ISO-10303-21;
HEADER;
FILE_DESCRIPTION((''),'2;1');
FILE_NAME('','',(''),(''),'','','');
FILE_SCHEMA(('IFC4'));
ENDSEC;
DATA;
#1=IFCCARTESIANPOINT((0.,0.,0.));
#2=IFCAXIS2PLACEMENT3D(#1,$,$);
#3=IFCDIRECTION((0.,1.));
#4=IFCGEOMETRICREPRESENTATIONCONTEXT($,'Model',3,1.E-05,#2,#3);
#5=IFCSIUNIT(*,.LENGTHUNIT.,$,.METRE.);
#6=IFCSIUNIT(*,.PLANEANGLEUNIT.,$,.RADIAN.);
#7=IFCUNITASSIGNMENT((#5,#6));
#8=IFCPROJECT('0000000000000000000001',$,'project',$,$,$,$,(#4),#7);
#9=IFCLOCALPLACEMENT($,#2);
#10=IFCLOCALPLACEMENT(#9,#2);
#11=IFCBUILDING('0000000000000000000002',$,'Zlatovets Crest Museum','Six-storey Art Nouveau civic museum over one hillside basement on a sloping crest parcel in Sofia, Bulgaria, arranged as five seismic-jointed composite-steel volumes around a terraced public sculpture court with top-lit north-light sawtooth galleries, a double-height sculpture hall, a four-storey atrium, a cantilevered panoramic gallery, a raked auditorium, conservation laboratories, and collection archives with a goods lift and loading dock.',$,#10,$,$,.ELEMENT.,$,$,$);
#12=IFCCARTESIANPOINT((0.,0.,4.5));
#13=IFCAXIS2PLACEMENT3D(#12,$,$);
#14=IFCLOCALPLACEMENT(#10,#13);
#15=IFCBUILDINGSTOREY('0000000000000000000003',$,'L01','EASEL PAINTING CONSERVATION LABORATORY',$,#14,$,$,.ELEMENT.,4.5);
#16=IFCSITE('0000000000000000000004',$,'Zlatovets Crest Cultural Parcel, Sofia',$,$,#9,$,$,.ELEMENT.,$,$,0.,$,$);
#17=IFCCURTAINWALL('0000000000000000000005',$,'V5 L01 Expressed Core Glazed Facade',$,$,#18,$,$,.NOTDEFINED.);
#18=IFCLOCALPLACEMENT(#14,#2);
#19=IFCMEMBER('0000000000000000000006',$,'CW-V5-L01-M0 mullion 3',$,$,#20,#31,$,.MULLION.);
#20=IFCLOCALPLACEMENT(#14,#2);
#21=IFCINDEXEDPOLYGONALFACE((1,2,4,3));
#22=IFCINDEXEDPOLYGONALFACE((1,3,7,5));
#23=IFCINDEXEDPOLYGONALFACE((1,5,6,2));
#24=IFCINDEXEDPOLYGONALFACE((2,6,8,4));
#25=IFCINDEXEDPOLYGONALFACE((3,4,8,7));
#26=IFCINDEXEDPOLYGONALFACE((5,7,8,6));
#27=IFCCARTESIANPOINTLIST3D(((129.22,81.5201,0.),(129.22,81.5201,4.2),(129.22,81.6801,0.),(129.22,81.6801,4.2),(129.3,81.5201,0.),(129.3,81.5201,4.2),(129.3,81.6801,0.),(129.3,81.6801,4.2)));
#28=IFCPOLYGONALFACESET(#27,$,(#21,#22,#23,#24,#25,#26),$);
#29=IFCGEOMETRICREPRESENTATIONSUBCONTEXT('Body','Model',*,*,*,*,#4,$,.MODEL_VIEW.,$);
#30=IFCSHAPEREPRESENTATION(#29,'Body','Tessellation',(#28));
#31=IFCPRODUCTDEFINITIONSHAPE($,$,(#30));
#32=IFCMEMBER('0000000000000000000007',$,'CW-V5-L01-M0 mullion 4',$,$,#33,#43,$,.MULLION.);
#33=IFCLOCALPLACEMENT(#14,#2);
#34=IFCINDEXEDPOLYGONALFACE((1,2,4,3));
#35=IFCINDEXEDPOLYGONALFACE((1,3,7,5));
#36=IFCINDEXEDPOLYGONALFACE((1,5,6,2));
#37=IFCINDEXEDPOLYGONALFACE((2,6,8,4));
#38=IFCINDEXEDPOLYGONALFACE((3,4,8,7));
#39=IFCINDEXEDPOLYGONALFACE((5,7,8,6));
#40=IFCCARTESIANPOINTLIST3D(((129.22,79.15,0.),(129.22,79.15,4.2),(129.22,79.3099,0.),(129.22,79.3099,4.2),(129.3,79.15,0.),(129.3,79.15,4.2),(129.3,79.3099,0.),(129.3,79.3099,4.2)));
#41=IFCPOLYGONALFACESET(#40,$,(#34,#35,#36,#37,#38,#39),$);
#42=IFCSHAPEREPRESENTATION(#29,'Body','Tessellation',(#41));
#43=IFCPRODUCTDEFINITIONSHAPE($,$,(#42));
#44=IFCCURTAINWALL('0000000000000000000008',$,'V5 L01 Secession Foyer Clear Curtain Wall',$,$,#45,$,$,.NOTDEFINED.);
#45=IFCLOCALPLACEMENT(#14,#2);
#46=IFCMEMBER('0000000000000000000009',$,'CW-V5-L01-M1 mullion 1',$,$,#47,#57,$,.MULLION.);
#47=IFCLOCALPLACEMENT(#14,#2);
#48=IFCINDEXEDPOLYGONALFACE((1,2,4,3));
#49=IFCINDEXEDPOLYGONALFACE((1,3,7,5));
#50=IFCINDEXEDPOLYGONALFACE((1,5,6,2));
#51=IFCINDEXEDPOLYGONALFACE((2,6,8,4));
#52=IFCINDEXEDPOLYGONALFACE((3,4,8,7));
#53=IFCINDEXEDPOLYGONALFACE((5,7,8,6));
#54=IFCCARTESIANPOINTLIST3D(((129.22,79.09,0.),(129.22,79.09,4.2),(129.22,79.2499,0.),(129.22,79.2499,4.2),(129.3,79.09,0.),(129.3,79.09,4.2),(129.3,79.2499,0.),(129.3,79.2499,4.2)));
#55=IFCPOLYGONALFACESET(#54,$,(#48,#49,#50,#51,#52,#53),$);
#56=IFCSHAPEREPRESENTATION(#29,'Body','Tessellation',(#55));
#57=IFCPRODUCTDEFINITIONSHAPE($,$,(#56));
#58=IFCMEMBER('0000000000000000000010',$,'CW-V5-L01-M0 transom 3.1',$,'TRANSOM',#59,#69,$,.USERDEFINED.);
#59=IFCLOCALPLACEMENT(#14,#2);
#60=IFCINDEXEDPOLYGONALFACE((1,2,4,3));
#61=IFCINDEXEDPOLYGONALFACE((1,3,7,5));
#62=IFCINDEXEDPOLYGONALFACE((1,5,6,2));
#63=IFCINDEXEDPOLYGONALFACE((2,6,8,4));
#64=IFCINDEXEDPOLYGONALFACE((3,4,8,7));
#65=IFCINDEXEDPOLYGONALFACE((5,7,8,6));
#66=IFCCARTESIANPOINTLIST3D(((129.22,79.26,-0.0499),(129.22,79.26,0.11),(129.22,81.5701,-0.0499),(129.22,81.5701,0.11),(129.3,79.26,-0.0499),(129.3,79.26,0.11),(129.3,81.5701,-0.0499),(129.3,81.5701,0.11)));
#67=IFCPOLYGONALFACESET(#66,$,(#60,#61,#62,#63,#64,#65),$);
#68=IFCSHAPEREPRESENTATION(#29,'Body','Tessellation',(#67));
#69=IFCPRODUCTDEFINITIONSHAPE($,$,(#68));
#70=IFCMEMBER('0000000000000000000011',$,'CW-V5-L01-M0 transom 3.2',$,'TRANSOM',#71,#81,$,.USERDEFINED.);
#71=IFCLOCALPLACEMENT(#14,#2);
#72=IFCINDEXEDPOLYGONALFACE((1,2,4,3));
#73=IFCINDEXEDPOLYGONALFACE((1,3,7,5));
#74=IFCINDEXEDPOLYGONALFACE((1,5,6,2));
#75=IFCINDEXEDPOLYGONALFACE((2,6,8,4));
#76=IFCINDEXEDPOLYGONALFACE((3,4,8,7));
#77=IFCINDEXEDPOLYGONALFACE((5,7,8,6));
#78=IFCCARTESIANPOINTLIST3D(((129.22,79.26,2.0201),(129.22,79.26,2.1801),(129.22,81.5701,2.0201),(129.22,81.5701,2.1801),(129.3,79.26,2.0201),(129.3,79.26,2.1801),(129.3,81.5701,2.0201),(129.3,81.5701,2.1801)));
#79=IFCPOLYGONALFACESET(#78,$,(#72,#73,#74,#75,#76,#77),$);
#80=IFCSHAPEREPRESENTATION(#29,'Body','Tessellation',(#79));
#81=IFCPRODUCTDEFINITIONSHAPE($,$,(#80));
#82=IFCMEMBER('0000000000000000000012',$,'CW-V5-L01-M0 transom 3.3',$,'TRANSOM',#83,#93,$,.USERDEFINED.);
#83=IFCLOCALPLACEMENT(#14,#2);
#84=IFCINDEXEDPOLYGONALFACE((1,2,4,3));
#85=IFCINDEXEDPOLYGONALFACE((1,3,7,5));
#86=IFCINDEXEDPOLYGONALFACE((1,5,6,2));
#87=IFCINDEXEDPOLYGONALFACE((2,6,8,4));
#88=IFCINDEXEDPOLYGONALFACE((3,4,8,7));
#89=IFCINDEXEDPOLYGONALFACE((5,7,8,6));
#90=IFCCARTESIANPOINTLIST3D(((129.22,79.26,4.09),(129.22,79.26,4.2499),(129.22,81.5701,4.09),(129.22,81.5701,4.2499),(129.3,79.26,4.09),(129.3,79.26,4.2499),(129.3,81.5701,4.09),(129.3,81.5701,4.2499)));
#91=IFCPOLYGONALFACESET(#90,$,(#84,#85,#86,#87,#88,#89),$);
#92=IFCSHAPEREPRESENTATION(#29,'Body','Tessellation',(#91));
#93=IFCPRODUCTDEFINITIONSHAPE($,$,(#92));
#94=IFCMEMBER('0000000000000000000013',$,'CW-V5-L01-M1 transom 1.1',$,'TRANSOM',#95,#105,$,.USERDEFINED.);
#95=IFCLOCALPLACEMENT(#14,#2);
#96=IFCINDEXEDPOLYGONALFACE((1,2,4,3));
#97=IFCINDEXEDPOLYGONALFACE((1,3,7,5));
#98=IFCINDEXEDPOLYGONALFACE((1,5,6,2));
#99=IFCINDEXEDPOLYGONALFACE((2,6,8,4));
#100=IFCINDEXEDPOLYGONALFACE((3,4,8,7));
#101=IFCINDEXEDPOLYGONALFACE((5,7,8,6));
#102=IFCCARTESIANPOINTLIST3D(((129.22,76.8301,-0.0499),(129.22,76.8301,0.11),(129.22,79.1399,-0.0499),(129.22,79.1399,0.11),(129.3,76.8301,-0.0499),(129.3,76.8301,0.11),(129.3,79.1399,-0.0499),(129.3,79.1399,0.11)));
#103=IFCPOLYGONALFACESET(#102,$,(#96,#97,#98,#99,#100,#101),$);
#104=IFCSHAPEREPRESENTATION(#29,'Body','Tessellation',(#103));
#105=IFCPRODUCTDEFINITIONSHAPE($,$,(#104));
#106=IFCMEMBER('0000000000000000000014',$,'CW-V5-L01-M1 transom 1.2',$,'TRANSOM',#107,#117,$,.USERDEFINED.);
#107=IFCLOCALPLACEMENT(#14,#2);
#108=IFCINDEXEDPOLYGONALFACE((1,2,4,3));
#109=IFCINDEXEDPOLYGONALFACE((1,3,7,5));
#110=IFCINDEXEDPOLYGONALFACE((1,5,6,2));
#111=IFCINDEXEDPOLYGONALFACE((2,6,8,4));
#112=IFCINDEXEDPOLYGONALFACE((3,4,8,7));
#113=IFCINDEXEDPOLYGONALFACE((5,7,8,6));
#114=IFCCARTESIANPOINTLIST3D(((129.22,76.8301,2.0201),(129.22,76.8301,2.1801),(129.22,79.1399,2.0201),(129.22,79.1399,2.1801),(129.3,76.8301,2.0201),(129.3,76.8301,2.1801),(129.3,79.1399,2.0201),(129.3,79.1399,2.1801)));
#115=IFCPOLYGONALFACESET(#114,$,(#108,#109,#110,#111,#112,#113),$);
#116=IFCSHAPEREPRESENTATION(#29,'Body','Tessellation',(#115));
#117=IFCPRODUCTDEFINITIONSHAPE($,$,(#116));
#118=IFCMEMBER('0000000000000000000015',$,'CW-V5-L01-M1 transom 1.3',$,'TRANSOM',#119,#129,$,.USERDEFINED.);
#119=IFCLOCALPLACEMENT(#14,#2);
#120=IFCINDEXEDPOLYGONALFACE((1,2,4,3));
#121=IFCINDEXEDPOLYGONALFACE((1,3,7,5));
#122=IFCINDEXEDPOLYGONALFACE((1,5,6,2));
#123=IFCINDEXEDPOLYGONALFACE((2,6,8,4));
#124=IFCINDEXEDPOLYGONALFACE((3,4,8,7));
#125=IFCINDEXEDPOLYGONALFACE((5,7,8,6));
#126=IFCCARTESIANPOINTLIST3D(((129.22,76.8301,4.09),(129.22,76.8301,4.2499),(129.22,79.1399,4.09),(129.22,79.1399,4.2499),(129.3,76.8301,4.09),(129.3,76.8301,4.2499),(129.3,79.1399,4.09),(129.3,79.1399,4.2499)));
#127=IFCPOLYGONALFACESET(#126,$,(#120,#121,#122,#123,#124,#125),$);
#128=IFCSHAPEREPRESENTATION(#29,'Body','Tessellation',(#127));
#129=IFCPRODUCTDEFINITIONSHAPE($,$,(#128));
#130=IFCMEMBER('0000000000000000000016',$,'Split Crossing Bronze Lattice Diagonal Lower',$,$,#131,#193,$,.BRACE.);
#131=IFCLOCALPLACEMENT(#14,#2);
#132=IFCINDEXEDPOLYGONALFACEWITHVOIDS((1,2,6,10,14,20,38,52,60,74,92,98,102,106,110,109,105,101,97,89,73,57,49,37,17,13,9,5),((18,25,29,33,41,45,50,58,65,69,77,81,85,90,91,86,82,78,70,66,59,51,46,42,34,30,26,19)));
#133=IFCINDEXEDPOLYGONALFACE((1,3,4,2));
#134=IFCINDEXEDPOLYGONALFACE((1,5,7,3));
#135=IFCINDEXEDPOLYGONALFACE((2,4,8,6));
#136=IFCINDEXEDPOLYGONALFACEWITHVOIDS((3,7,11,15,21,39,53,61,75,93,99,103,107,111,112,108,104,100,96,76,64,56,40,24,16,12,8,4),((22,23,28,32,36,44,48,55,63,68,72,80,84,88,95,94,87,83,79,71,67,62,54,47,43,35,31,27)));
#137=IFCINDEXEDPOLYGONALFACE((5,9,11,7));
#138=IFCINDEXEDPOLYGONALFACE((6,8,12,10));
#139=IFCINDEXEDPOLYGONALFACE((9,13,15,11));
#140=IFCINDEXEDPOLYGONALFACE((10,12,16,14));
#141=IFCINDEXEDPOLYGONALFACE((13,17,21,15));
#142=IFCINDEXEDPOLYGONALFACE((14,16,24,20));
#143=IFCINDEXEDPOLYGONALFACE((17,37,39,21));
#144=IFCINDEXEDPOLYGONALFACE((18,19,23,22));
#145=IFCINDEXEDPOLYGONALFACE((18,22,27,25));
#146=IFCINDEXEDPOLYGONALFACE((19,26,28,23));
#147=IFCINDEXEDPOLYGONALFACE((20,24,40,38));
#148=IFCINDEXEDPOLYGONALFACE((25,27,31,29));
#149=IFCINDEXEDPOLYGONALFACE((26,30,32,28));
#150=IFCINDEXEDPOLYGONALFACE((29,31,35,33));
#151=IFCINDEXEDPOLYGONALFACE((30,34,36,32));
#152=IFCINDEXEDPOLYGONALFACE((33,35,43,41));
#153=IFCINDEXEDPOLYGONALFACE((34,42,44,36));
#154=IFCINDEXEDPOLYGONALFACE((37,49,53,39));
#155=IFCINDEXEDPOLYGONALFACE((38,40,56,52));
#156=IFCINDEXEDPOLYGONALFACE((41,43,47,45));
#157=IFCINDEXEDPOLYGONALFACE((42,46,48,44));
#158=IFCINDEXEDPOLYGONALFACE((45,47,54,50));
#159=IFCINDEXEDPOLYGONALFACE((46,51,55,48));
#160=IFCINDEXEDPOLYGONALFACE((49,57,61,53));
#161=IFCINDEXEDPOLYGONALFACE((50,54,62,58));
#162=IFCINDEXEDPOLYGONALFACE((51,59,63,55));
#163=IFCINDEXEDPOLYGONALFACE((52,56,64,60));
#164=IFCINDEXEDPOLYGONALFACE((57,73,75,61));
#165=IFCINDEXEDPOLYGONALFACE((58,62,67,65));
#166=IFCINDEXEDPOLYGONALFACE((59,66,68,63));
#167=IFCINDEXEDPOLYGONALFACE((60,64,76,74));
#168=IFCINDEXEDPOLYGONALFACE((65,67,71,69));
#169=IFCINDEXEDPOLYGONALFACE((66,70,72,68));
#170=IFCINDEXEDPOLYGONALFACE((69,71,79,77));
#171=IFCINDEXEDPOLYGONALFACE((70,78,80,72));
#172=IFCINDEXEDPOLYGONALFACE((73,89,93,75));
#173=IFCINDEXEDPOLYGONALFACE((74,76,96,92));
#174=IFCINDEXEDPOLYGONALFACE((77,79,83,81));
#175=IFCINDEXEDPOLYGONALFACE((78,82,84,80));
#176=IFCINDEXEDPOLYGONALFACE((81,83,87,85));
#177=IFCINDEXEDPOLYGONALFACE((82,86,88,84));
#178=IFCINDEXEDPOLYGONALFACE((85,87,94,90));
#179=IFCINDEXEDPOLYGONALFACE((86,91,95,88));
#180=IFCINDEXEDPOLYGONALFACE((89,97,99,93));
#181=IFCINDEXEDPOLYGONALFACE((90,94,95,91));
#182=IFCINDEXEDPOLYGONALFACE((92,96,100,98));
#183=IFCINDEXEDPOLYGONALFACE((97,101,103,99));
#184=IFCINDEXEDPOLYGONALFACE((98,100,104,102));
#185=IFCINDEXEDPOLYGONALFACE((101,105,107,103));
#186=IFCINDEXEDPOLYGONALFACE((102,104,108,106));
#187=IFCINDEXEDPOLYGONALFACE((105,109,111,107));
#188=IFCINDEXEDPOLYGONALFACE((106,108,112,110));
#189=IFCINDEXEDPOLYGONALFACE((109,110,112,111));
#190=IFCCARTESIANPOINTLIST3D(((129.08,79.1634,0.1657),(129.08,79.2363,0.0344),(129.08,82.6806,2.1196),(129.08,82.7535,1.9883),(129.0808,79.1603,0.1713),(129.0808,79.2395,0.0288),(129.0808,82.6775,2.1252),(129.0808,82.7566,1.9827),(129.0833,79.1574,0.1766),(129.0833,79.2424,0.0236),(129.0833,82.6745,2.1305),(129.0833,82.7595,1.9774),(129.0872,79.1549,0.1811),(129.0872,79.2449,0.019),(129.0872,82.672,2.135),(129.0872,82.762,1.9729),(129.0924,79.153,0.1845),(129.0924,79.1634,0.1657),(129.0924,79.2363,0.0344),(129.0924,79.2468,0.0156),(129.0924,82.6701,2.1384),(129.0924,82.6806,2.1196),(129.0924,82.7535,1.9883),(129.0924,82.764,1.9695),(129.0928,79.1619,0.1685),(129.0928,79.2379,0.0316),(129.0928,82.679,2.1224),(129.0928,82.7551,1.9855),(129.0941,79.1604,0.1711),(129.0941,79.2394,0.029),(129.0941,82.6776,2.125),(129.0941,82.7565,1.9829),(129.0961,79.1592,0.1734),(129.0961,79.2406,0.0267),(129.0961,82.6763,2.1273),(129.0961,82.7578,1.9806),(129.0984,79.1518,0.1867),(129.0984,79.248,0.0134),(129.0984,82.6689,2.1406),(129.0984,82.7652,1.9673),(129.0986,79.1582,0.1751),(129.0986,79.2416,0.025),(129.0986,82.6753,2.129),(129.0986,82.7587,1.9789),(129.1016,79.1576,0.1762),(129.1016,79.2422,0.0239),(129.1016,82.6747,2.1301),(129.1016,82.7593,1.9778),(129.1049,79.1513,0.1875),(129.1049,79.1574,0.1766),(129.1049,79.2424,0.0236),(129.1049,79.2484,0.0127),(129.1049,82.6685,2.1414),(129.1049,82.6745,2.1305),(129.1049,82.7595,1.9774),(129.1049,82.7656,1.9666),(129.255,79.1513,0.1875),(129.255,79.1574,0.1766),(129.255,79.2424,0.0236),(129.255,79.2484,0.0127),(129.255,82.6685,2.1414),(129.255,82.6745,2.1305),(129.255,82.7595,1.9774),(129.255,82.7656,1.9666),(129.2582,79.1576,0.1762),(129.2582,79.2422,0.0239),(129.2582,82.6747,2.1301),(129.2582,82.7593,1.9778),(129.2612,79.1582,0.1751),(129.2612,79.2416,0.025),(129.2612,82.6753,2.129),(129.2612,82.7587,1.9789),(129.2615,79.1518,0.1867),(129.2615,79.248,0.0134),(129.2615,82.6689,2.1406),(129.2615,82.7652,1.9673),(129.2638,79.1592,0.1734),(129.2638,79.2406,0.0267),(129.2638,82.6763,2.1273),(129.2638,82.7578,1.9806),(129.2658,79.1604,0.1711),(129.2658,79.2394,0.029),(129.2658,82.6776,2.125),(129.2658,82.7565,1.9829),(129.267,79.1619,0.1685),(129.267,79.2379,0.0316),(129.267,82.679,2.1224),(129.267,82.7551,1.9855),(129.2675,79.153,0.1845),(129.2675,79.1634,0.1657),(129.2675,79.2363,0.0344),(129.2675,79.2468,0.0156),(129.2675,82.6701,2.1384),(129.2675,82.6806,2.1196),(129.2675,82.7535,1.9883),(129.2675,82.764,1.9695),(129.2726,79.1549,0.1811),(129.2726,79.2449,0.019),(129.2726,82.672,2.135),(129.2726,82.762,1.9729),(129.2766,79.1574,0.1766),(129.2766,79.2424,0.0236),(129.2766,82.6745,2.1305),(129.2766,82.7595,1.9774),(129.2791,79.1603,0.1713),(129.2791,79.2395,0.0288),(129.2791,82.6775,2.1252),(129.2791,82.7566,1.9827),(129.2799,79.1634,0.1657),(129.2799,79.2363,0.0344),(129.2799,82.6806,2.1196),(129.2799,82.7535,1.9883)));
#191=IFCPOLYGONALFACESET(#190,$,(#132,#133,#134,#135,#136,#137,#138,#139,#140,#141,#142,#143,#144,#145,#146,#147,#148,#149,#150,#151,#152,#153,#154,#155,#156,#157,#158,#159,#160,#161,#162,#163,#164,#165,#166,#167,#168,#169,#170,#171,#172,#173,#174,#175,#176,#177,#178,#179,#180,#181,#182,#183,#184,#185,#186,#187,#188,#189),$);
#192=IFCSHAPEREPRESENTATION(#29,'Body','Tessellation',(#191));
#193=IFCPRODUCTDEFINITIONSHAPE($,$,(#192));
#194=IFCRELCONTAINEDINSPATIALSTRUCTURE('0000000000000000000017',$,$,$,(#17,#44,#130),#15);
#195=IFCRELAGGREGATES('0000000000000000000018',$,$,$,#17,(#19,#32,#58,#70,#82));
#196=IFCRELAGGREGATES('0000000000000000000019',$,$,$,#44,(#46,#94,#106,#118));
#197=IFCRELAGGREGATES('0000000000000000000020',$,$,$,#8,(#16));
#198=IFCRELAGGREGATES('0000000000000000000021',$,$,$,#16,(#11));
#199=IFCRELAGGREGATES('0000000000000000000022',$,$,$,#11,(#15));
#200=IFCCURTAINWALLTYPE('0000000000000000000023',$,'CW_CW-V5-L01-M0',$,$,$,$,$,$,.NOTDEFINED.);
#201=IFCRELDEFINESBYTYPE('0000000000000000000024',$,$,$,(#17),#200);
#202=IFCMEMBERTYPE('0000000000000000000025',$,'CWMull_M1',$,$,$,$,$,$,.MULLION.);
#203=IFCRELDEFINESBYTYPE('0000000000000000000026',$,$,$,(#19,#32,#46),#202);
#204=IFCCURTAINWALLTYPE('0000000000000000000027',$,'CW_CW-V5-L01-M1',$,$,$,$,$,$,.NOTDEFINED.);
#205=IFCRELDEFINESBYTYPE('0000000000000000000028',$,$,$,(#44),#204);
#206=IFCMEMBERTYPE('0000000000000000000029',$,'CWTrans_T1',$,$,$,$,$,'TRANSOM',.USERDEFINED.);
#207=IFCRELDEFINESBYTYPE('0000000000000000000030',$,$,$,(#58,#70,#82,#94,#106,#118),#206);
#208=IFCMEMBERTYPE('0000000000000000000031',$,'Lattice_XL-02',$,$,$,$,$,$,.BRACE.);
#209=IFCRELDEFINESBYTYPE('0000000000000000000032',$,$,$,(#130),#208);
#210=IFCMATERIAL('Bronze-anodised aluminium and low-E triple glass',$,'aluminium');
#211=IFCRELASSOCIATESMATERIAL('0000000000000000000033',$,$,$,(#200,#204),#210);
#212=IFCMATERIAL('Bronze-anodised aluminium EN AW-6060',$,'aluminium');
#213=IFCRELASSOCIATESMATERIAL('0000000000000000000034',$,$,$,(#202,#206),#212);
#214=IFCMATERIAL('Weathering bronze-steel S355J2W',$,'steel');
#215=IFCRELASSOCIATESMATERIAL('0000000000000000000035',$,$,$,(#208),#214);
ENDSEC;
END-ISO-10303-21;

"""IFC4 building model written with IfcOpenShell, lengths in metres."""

from ifc_helpers import new_model, si_unit, direction, frame, origin, origin_2d, place, context, subcontext, project, spatial, rectangle, hollow_rectangle, extrude, material, material_profile, profile_set, type_object, element, aggregate, save


model = new_model("IFC4")

# Units and contexts
model_context = context("Model", 3, precision=1e-05, world=origin(), true_north=direction((0.0, 1.0)))
body_context = subcontext(model_context, "Body", "Model", "MODEL_VIEW")
ifc_project = project(units=[si_unit("LENGTHUNIT", "METRE"), si_unit("PLANEANGLEUNIT", "RADIAN")], contexts=[model_context])

# Site, building, storey
site_placement = place(None, origin())
site = spatial("IfcSite", under=ifc_project, at=site_placement, Name="Zlatovets Crest Cultural Parcel, Sofia", CompositionType="ELEMENT", RefElevation=0.0)
building_placement = place(site_placement, origin())
building = spatial("IfcBuilding", under=site, at=building_placement, Name="Zlatovets Crest Museum", Description="Six-storey Art Nouveau civic museum over one hillside basement on a sloping crest parcel in Sofia, Bulgaria, arranged as five seismic-jointed composite-steel volumes around a terraced public sculpture court with top-lit north-light sawtooth galleries, a double-height sculpture hall, a four-storey atrium, a cantilevered panoramic gallery, a raked auditorium, conservation laboratories, and collection archives with a goods lift and loading dock.", CompositionType="ELEMENT")
storey_placement = place(building_placement, frame((0.0, 0.0, 4.5)))
storey = spatial("IfcBuildingStorey", under=building, at=storey_placement, Name="L01", Description="EASEL PAINTING CONSERVATION LABORATORY", CompositionType="ELEMENT", Elevation=4.5)

# Curtain wall, members
ifc_material_1 = material(Name="Bronze-anodised aluminium and low-E triple glass", Category="aluminium")
curtain_wall_type_1 = type_object("IfcCurtainWallType", Name="CW_CW-V5-L01-M0", PredefinedType="NOTDEFINED", material=ifc_material_1)
curtain_wall_1_placement = place(storey_placement, origin())
curtain_wall_1 = element("IfcCurtainWall", 1, at=curtain_wall_1_placement, inside=storey, type_object=curtain_wall_type_1, Name="V5 L01 Expressed Core Glazed Facade", PredefinedType="NOTDEFINED")
ifc_material_2 = material(Name="Bronze-anodised aluminium EN AW-6060", Category="aluminium")
ifc_material_profile_1 = material_profile(ifc_material_2, rectangle(XDim=0.0801, YDim=0.1599, at=origin_2d()), Name="ALU 80x160")
ifc_profile_set_1 = profile_set([ifc_material_profile_1], Name="Bronze-anodised aluminium EN AW-6060")
member_type_1 = type_object("IfcMemberType", Name="CWMull_M1", PredefinedType="MULLION", material=ifc_profile_set_1)
member_1_placement = place(storey_placement, frame((129.26, 81.6001, 0.0), z_axis=(0.0, 0.0, 1.0), x_axis=(1.0, 0.0, 0.0)))
member_1 = element("IfcMember", 2, at=member_1_placement, type_object=member_type_1, Name="CW-V5-L01-M0 mullion 3", PredefinedType="MULLION", context=body_context, shape_type="SweptSolid", body=[
    extrude(rectangle(XDim=0.0801, YDim=0.1599, at=origin_2d()), origin(), (0.0, 0.0, 1.0), 4.2),
])
member_2_placement = place(storey_placement, frame((129.26, 79.23, 0.0), z_axis=(0.0, 0.0, 1.0), x_axis=(1.0, 0.0, 0.0)))
member_2 = element("IfcMember", 3, at=member_2_placement, type_object=member_type_1, Name="CW-V5-L01-M0 mullion 4", PredefinedType="MULLION", context=body_context, shape_type="SweptSolid", body=[
    extrude(rectangle(XDim=0.0801, YDim=0.1599, at=origin_2d()), origin(), (0.0, 0.0, 1.0), 4.2),
])

# Curtain wall, member
curtain_wall_type_2 = type_object("IfcCurtainWallType", Name="CW_CW-V5-L01-M1", PredefinedType="NOTDEFINED", material=ifc_material_1)
curtain_wall_2_placement = place(storey_placement, origin())
curtain_wall_2 = element("IfcCurtainWall", 4, at=curtain_wall_2_placement, inside=storey, type_object=curtain_wall_type_2, Name="V5 L01 Secession Foyer Clear Curtain Wall", PredefinedType="NOTDEFINED")
member_3_placement = place(storey_placement, frame((129.26, 79.1699, 0.0), z_axis=(0.0, 0.0, 1.0), x_axis=(1.0, 0.0, 0.0)))
member_3 = element("IfcMember", 5, at=member_3_placement, type_object=member_type_1, Name="CW-V5-L01-M1 mullion 1", PredefinedType="MULLION", context=body_context, shape_type="SweptSolid", body=[
    extrude(rectangle(XDim=0.0801, YDim=0.1599, at=origin_2d()), origin(), (0.0, 0.0, 1.0), 4.2),
])

# Members
ifc_material_profile_2 = material_profile(ifc_material_2, rectangle(XDim=0.0801, YDim=0.1599, at=origin_2d()), Name="ALU 80x160")
ifc_profile_set_2 = profile_set([ifc_material_profile_2], Name="Bronze-anodised aluminium EN AW-6060")
member_type_2 = type_object("IfcMemberType", Name="CWTrans_T1", ElementType="TRANSOM", PredefinedType="USERDEFINED", material=ifc_profile_set_2)
member_4_placement = place(storey_placement, frame((129.26, 81.5701, 0.03), z_axis=(0.0, -1.0, 0.0), x_axis=(1.0, 0.0, 0.0)))
member_4 = element("IfcMember", 6, at=member_4_placement, type_object=member_type_2, Name="CW-V5-L01-M0 transom 3.1", ObjectType="TRANSOM", PredefinedType="USERDEFINED", context=body_context, shape_type="SweptSolid", body=[
    extrude(rectangle(XDim=0.0801, YDim=0.1599, at=origin_2d()), origin(), (0.0, 0.0, 1.0), 2.3101),
])
member_5_placement = place(storey_placement, frame((129.26, 81.5701, 2.1001), z_axis=(0.0, -1.0, 0.0), x_axis=(1.0, 0.0, 0.0)))
member_5 = element("IfcMember", 7, at=member_5_placement, type_object=member_type_2, Name="CW-V5-L01-M0 transom 3.2", ObjectType="TRANSOM", PredefinedType="USERDEFINED", context=body_context, shape_type="SweptSolid", body=[
    extrude(rectangle(XDim=0.0801, YDim=0.1599, at=origin_2d()), origin(), (0.0, 0.0, 1.0), 2.3101),
])
member_6_placement = place(storey_placement, frame((129.26, 81.5701, 4.1699), z_axis=(0.0, -1.0, 0.0), x_axis=(1.0, 0.0, 0.0)))
member_6 = element("IfcMember", 8, at=member_6_placement, type_object=member_type_2, Name="CW-V5-L01-M0 transom 3.3", ObjectType="TRANSOM", PredefinedType="USERDEFINED", context=body_context, shape_type="SweptSolid", body=[
    extrude(rectangle(XDim=0.0801, YDim=0.1599, at=origin_2d()), origin(), (0.0, 0.0, 1.0), 2.3101),
])
member_7_placement = place(storey_placement, frame((129.26, 79.1399, 0.03), z_axis=(0.0, -1.0, 0.0), x_axis=(1.0, 0.0, 0.0)))
member_7 = element("IfcMember", 9, at=member_7_placement, type_object=member_type_2, Name="CW-V5-L01-M1 transom 1.1", ObjectType="TRANSOM", PredefinedType="USERDEFINED", context=body_context, shape_type="SweptSolid", body=[
    extrude(rectangle(XDim=0.0801, YDim=0.1599, at=origin_2d()), origin(), (0.0, 0.0, 1.0), 2.3098),
])
member_8_placement = place(storey_placement, frame((129.26, 79.1399, 2.1001), z_axis=(0.0, -1.0, 0.0), x_axis=(1.0, 0.0, 0.0)))
member_8 = element("IfcMember", 10, at=member_8_placement, type_object=member_type_2, Name="CW-V5-L01-M1 transom 1.2", ObjectType="TRANSOM", PredefinedType="USERDEFINED", context=body_context, shape_type="SweptSolid", body=[
    extrude(rectangle(XDim=0.0801, YDim=0.1599, at=origin_2d()), origin(), (0.0, 0.0, 1.0), 2.3098),
])
member_9_placement = place(storey_placement, frame((129.26, 79.1399, 4.1699), z_axis=(0.0, -1.0, 0.0), x_axis=(1.0, 0.0, 0.0)))
member_9 = element("IfcMember", 11, at=member_9_placement, type_object=member_type_2, Name="CW-V5-L01-M1 transom 1.3", ObjectType="TRANSOM", PredefinedType="USERDEFINED", context=body_context, shape_type="SweptSolid", body=[
    extrude(rectangle(XDim=0.0801, YDim=0.1599, at=origin_2d()), origin(), (0.0, 0.0, 1.0), 2.3098),
])

# Member
ifc_material_3 = material(Name="Weathering bronze-steel S355J2W", Category="steel")
ifc_material_profile_3 = material_profile(ifc_material_3, hollow_rectangle(XDim=0.2, YDim=0.2, WallThickness=0.0125, InnerFilletRadius=0.0125, OuterFilletRadius=0.0249, at=origin_2d()), Name="SHS 200x200x12.5")
ifc_profile_set_3 = profile_set([ifc_material_profile_3], Name="Weathering bronze-steel S355J2W")
member_type_3 = type_object("IfcMemberType", Name="Lattice_XL-02", PredefinedType="BRACE", material=ifc_profile_set_3)
member_10_placement = place(storey_placement, frame((129.1799, 82.717, 2.054), z_axis=(0.0, -0.874166, -0.485627), x_axis=(1.0, 0.0, 0.0)))
element("IfcMember", 12, at=member_10_placement, inside=storey, type_object=member_type_3, Name="Split Crossing Bronze Lattice Diagonal Lower", PredefinedType="BRACE", context=body_context, shape_type="SweptSolid", body=[
    extrude(hollow_rectangle(XDim=0.2, YDim=0.2, WallThickness=0.0125, InnerFilletRadius=0.0125, OuterFilletRadius=0.0249, at=origin_2d()), origin(), (0.0, 0.0, 1.0), 4.0234),
])

aggregate(curtain_wall_1, [member_1, member_2, member_4, member_5, member_6])
aggregate(curtain_wall_2, [member_3, member_7, member_8, member_9])

save(model, "model.ifc")
